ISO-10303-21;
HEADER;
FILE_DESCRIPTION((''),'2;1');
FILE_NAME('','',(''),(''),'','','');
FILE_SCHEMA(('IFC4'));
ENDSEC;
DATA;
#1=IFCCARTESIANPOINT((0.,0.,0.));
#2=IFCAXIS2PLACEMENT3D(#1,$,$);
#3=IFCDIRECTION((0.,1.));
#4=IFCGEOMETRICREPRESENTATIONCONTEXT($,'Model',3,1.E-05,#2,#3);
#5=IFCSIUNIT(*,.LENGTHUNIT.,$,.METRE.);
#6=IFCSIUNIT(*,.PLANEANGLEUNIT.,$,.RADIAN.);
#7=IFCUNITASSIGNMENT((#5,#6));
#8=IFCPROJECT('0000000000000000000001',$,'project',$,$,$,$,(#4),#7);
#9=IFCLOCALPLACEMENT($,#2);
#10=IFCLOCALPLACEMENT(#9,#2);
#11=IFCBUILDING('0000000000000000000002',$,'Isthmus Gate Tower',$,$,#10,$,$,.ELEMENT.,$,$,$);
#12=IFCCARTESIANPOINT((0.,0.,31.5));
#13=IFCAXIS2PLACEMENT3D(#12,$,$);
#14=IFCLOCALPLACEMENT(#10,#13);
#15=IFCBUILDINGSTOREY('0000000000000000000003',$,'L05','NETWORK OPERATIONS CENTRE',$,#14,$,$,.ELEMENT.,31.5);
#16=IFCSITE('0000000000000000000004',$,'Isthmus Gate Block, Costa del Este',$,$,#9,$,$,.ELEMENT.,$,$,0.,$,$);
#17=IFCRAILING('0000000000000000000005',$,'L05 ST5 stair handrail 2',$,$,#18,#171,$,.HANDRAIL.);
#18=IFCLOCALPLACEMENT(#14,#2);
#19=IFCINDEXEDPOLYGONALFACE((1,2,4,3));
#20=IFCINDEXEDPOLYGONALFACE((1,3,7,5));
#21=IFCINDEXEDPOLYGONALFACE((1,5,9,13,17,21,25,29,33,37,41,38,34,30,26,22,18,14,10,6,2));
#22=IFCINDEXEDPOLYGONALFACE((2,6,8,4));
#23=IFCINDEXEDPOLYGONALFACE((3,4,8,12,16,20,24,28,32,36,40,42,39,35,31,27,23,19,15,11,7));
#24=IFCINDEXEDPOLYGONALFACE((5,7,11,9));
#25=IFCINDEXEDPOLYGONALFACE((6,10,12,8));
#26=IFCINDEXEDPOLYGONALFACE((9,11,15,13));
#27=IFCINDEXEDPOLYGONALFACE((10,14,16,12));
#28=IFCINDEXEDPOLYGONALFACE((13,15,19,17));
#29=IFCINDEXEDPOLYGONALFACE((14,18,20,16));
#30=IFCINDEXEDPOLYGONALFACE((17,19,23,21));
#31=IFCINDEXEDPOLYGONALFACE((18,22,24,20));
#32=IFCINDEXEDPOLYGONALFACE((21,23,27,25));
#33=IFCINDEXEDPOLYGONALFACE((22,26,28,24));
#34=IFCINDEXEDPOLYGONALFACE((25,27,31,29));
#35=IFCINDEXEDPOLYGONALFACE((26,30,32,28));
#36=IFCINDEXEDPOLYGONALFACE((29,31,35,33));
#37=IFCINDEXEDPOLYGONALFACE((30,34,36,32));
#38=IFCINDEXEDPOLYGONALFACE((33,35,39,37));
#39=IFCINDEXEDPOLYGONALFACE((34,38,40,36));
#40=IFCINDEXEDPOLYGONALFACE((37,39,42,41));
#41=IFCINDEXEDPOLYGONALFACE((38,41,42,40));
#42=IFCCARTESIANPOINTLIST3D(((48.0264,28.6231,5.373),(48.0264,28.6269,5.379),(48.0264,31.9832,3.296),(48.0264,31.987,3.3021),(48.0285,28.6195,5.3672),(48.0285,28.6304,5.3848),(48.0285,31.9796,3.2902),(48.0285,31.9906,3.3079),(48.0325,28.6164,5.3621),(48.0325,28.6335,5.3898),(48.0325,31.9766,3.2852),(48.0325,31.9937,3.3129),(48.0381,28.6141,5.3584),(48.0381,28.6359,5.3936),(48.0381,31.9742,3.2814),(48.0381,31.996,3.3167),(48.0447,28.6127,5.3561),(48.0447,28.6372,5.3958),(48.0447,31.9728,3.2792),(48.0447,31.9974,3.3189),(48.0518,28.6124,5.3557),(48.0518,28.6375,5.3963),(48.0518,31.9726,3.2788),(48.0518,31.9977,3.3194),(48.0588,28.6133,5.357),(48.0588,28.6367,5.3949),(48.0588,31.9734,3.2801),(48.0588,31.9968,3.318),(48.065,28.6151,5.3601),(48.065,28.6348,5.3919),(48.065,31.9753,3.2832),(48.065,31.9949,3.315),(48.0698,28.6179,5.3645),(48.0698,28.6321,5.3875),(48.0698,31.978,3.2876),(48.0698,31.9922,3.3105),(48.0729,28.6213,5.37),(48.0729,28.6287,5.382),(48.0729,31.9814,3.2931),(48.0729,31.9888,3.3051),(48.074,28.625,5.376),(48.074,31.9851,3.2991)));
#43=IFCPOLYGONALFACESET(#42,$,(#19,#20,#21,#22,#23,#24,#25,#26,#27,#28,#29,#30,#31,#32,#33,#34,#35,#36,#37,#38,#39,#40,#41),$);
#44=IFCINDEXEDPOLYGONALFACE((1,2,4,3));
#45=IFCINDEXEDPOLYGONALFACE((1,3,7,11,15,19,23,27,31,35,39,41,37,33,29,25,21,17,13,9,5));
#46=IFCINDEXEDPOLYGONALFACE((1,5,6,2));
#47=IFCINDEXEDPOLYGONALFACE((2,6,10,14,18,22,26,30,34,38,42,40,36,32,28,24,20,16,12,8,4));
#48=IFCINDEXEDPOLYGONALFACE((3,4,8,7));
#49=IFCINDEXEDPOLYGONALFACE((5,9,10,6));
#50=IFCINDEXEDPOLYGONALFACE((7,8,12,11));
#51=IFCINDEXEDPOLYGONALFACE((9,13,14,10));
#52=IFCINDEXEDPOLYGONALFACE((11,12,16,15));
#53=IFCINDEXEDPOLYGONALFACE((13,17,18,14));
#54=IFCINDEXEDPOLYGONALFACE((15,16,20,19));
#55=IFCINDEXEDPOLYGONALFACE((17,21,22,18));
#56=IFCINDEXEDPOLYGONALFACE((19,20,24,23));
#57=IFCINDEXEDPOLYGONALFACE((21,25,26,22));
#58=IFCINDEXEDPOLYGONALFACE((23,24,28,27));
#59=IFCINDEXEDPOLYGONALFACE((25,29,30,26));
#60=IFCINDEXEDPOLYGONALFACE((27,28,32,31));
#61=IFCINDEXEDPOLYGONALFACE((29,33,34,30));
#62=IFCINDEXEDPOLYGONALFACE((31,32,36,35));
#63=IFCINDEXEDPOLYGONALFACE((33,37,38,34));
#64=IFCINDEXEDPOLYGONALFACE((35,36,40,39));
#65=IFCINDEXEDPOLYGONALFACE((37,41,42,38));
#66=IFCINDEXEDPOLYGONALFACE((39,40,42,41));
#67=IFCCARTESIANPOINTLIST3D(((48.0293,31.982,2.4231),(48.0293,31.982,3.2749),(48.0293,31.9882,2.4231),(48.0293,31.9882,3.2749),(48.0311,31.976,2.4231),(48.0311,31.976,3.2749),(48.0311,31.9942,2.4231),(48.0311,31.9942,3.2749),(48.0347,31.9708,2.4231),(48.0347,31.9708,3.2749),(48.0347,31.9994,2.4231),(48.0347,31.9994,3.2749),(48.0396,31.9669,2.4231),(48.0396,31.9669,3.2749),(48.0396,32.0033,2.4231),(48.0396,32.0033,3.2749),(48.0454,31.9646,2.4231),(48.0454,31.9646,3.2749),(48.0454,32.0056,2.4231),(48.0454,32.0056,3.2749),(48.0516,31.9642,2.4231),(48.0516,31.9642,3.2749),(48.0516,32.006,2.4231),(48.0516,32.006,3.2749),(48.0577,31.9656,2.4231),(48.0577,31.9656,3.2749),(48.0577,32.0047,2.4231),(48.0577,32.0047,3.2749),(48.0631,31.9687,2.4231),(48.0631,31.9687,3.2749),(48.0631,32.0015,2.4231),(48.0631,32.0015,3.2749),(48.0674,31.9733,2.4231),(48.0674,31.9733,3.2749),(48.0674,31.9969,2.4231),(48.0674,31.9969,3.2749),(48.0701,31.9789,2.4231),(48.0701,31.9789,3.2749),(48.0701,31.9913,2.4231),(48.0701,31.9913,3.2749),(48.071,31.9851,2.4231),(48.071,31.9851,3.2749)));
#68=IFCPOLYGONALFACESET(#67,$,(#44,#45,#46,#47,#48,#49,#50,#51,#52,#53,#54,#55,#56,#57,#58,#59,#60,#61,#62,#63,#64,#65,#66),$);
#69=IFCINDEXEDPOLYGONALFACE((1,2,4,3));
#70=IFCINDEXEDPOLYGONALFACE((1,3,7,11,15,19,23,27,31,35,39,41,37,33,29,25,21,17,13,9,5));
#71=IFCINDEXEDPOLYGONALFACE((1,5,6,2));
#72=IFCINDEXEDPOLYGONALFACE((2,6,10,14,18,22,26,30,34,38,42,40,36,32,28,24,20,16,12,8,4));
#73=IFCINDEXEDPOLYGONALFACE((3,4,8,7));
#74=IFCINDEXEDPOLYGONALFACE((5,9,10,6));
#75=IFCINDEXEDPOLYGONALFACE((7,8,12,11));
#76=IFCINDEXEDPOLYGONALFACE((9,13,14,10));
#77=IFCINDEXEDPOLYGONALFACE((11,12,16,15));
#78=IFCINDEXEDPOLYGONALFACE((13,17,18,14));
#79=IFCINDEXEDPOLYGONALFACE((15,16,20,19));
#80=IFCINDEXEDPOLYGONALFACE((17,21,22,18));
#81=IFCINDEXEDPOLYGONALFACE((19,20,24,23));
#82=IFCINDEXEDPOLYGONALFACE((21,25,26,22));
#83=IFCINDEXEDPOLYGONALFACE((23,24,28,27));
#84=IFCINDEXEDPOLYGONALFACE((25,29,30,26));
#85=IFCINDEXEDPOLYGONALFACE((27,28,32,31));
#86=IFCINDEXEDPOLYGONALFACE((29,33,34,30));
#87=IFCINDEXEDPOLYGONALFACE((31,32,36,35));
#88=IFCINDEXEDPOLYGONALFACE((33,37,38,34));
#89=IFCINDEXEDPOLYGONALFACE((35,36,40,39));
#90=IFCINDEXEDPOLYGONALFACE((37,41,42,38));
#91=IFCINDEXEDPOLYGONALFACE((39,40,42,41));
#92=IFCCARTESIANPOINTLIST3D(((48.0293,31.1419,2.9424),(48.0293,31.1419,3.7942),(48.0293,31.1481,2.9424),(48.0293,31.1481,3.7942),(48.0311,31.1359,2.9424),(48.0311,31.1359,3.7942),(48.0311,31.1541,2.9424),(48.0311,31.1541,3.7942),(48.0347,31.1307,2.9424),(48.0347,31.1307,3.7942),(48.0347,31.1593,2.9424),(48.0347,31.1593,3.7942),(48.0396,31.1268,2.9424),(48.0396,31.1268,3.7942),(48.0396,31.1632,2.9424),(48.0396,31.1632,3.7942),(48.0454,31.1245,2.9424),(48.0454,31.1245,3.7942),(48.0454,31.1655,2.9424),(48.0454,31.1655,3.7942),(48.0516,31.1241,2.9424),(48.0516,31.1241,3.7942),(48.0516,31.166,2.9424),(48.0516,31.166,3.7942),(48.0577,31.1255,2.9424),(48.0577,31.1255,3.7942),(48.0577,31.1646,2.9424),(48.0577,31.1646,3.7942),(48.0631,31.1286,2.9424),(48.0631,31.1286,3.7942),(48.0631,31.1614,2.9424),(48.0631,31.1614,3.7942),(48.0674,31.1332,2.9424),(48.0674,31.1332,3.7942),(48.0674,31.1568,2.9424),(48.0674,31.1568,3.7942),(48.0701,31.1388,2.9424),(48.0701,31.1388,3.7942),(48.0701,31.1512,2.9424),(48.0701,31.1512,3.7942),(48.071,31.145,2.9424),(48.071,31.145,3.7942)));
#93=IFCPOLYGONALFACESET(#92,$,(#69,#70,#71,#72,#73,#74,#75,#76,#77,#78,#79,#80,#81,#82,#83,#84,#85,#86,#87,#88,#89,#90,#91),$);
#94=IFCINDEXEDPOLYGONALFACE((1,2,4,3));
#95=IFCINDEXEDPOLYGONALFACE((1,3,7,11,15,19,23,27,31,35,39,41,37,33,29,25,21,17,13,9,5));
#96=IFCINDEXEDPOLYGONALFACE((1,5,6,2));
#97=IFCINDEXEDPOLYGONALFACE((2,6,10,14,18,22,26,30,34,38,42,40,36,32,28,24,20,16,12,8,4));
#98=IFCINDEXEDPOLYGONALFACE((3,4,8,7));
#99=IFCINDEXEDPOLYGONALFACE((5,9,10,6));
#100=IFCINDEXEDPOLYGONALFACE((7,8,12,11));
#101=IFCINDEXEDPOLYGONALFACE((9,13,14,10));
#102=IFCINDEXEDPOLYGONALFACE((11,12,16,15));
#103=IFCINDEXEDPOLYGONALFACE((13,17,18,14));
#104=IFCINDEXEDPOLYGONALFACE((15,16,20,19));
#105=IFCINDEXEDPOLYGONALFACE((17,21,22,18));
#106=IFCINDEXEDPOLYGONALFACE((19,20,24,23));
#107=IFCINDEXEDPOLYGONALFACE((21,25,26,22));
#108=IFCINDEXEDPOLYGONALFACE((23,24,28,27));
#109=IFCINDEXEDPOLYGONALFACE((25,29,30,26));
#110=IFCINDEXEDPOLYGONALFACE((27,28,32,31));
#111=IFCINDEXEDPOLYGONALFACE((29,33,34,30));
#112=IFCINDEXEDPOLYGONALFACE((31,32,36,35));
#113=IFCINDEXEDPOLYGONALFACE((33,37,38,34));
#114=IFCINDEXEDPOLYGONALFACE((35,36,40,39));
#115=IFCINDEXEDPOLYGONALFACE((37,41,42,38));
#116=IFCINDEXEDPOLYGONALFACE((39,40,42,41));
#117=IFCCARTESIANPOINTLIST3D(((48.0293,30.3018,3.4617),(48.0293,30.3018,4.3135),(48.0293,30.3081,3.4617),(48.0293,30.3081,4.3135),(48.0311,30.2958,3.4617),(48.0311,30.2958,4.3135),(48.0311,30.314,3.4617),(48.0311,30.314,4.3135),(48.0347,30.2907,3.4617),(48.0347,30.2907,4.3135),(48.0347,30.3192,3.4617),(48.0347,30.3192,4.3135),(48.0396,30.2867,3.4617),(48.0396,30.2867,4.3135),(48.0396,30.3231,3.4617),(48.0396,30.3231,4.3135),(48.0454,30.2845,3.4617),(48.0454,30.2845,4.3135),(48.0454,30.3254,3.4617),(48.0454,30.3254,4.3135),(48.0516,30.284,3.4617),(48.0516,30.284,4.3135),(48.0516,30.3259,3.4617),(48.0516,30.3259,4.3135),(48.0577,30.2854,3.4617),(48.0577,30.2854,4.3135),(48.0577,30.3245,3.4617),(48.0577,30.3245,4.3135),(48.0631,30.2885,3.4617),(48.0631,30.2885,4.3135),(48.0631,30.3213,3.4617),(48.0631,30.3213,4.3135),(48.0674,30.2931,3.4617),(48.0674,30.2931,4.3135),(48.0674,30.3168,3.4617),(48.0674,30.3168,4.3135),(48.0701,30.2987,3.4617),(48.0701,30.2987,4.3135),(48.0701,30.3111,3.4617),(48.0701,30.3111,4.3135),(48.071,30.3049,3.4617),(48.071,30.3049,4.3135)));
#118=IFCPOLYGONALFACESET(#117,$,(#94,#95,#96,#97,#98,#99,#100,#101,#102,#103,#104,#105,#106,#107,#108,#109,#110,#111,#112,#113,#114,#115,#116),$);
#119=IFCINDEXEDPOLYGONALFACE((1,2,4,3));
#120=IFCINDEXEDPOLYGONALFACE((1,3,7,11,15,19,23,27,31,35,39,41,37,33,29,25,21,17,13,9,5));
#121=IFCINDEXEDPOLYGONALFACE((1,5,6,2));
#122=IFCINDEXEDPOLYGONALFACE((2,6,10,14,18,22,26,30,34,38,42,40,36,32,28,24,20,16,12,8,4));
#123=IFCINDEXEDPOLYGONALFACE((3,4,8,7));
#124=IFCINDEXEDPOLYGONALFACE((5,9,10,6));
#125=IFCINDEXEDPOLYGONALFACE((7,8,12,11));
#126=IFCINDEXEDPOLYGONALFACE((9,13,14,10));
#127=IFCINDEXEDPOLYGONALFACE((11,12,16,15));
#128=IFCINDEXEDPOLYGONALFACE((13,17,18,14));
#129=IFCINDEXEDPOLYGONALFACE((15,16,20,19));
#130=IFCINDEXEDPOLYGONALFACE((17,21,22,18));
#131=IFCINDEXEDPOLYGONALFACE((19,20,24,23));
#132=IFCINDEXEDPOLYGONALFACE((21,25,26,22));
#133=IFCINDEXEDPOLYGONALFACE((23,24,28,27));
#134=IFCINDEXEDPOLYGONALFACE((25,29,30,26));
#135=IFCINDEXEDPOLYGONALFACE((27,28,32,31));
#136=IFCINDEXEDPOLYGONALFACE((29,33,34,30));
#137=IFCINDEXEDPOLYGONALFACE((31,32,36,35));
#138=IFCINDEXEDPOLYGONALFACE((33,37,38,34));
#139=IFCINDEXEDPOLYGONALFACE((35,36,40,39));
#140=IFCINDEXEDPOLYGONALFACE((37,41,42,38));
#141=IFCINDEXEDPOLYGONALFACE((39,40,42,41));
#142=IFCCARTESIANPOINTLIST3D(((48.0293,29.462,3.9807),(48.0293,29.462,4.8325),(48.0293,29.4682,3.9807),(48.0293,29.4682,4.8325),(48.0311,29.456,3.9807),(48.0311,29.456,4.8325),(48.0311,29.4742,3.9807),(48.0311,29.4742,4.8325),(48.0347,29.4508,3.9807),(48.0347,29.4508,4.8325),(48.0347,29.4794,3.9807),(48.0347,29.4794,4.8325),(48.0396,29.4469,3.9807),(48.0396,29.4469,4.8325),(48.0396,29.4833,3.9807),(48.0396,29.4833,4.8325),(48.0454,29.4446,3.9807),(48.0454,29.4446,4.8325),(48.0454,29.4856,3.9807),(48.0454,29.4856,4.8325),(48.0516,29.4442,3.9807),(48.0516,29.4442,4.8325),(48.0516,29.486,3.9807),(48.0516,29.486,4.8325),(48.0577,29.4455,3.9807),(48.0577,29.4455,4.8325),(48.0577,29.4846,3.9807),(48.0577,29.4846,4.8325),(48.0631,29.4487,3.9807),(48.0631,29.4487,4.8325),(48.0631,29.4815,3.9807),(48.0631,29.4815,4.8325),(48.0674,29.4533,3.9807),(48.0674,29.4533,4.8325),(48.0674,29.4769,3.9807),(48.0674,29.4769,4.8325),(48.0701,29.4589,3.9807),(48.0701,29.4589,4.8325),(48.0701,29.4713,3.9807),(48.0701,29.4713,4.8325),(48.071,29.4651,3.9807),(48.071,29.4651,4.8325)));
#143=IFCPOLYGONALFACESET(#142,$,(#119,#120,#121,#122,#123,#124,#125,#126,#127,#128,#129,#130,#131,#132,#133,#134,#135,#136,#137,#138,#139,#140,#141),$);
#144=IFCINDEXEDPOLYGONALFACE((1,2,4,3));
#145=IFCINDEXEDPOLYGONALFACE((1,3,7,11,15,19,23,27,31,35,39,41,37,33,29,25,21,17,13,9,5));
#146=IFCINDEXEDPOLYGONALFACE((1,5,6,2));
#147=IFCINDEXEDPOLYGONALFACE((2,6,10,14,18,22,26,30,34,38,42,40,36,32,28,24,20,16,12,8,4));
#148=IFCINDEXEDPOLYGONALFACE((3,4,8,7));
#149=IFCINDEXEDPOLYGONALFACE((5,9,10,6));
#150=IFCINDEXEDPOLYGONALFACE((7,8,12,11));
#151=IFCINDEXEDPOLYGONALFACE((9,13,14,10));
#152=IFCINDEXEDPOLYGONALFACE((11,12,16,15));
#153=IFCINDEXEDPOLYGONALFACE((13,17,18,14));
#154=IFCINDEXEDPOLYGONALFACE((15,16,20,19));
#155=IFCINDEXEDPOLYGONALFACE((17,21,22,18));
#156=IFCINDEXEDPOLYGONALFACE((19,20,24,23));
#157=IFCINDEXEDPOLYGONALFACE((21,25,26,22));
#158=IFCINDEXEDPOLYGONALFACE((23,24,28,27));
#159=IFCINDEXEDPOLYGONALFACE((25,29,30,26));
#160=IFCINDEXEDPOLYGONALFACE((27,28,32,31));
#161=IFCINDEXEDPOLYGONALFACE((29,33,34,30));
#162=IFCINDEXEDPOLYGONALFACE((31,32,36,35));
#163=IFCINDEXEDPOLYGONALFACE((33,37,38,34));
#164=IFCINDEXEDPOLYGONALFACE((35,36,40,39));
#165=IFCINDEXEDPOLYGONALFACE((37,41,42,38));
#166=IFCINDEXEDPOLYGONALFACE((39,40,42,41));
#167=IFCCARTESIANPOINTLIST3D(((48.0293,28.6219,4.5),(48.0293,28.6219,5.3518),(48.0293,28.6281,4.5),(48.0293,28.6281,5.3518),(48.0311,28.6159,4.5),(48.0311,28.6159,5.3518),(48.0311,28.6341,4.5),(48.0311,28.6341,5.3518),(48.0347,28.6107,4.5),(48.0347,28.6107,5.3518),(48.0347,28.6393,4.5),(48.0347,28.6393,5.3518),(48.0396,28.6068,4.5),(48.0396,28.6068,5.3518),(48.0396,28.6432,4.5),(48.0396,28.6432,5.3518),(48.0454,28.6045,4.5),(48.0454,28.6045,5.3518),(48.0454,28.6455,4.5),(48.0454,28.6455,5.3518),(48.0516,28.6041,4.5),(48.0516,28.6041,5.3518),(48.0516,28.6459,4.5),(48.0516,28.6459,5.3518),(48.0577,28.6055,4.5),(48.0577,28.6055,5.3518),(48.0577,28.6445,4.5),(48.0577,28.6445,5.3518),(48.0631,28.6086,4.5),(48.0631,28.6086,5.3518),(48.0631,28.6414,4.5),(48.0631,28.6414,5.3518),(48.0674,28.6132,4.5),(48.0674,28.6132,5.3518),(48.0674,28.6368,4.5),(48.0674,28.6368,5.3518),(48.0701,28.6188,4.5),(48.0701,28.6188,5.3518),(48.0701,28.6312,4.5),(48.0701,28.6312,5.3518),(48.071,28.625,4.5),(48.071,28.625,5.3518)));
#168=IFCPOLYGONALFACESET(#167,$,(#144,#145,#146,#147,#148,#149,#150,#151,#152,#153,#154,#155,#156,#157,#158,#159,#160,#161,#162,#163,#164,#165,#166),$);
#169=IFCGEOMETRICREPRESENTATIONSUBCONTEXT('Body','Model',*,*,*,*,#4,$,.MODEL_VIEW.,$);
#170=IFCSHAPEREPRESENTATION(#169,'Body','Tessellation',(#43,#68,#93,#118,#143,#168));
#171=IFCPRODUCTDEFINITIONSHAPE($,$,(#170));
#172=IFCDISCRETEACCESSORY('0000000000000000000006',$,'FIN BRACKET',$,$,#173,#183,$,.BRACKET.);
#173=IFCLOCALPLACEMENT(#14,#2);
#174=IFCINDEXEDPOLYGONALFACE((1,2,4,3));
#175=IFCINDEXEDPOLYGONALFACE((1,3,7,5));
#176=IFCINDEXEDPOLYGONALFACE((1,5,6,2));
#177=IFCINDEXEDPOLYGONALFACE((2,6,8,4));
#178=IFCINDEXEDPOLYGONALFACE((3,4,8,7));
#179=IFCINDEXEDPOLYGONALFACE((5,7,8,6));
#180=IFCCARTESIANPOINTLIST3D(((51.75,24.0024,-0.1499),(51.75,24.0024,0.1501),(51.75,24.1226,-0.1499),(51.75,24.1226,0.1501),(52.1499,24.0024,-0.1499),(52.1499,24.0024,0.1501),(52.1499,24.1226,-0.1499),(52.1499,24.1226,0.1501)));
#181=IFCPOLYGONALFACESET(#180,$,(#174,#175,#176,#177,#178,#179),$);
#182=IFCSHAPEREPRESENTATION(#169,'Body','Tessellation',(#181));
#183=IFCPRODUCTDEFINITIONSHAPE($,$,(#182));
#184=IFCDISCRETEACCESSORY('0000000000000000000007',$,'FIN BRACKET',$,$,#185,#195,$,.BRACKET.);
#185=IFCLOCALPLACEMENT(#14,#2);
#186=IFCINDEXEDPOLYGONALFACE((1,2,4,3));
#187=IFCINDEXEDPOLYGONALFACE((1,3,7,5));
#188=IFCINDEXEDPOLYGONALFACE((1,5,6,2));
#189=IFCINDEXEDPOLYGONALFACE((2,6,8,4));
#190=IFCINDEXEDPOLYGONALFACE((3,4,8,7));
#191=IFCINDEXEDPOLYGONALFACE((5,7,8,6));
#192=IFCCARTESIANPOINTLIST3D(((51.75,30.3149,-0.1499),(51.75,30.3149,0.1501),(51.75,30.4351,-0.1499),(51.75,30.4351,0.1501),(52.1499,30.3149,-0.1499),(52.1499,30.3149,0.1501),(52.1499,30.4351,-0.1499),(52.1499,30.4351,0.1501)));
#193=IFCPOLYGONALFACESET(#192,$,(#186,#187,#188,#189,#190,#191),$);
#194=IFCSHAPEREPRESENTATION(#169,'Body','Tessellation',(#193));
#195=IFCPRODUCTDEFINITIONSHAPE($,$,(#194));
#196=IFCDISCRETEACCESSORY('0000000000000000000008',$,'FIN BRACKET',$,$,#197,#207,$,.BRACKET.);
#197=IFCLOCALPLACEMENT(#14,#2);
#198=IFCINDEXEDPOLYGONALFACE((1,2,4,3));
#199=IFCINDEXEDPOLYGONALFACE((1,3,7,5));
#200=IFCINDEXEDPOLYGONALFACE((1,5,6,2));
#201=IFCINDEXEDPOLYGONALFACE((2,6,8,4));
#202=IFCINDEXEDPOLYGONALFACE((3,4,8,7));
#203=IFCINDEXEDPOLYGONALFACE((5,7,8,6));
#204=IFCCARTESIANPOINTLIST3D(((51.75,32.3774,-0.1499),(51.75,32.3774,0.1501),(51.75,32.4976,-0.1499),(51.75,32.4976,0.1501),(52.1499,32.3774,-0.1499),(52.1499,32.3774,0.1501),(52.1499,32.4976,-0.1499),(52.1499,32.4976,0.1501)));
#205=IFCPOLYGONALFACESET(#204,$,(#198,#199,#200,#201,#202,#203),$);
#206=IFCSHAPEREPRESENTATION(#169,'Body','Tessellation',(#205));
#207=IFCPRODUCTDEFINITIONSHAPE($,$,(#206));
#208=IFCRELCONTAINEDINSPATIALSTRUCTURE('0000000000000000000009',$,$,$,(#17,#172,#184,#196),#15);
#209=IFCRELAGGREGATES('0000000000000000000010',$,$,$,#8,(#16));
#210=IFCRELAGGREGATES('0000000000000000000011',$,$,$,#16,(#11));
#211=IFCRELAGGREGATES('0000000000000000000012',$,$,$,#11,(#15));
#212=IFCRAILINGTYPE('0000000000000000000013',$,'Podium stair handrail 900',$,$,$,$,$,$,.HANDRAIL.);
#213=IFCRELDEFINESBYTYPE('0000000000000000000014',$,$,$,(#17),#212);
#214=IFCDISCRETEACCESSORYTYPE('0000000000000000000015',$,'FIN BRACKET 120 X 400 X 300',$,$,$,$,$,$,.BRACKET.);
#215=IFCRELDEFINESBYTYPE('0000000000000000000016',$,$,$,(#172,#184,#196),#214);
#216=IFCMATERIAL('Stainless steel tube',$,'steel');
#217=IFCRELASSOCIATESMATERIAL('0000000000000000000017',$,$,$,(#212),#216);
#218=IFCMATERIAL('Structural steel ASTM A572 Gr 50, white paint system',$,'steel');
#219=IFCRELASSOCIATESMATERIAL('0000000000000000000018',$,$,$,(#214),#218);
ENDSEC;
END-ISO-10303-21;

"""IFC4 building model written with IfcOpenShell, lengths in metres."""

from ifc_helpers import new_model, si_unit, direction, frame, origin, origin_2d, place, context, subcontext, project, spatial, rectangle, circle, extrude, material, type_object, element, save


model = new_model("IFC4")

# Units and contexts
model_context = context("Model", 3, precision=1e-05, world=origin(), true_north=direction((0.0, 1.0)))
body_context = subcontext(model_context, "Body", "Model", "MODEL_VIEW")
ifc_project = project(units=[si_unit("LENGTHUNIT", "METRE"), si_unit("PLANEANGLEUNIT", "RADIAN")], contexts=[model_context])

# Site, building, storey
site_placement = place(None, origin())
site = spatial("IfcSite", under=ifc_project, at=site_placement, Name="Isthmus Gate Block, Costa del Este", CompositionType="ELEMENT", RefElevation=0.0)
building_placement = place(site_placement, origin())
building = spatial("IfcBuilding", under=site, at=building_placement, Name="Isthmus Gate Tower", CompositionType="ELEMENT")
storey_placement = place(building_placement, frame((0.0, 0.0, 31.5)))
storey = spatial("IfcBuildingStorey", under=building, at=storey_placement, Name="L05", Description="NETWORK OPERATIONS CENTRE", CompositionType="ELEMENT", Elevation=31.5)

# Railing
ifc_material_1 = material(Name="Stainless steel tube", Category="steel")
railing_type_1 = type_object("IfcRailingType", Name="Podium stair handrail 900", PredefinedType="HANDRAIL", material=ifc_material_1)
railing_1_placement = place(storey_placement, frame((48.05, 31.9851, 2.4231)))
element("IfcRailing", 1, at=railing_1_placement, inside=storey, type_object=railing_type_1, Name="L05 ST5 stair handrail 2", PredefinedType="HANDRAIL", context=body_context, shape_type="SweptSolid", body=[
    extrude(circle(Radius=0.0239, at=origin_2d()), frame((0.0, 0.0, 0.876), z_axis=(0.0, -0.850623, 0.525776), x_axis=(1.0, 0.0, 0.0)), (0.0, 0.0, 1.0), 3.9502),
    extrude(circle(Radius=0.021, at=origin_2d()), origin(), (0.0, 0.0, 1.0), 0.8518),
    extrude(circle(Radius=0.021, at=origin_2d()), frame((0.0, -0.8401, 0.5193)), (0.0, 0.0, 1.0), 0.8518),
    extrude(circle(Radius=0.021, at=origin_2d()), frame((0.0, -1.6802, 1.0386)), (0.0, 0.0, 1.0), 0.8518),
    extrude(circle(Radius=0.021, at=origin_2d()), frame((0.0, -2.52, 1.5576)), (0.0, 0.0, 1.0), 0.8518),
    extrude(circle(Radius=0.021, at=origin_2d()), frame((0.0, -3.3601, 2.0769)), (0.0, 0.0, 1.0), 0.8518),
])

# Discrete accessories
ifc_material_2 = material(Name="Structural steel ASTM A572 Gr 50, white paint system", Category="steel")
discrete_accessory_type = type_object("IfcDiscreteAccessoryType", Name="FIN BRACKET 120 X 400 X 300", PredefinedType="BRACKET", material=ifc_material_2)
for number, where, z_axis, x_axis, name in (
    (2, (51.95, 24.0625, -0.1499), (0.0, 0.0, 1.0), (1.0, 0.0, 0.0), "FIN BRACKET"),
    (3, (51.95, 30.375, -0.1499), (0.0, 0.0, 1.0), (1.0, 0.0, 0.0), "FIN BRACKET"),
    (4, (51.95, 32.4375, -0.1499), (0.0, 0.0, 1.0), (1.0, 0.0, 0.0), "FIN BRACKET"),
):
    element("IfcDiscreteAccessory", number, at=place(storey_placement, frame(where, z_axis=z_axis, x_axis=x_axis)), inside=storey, type_object=discrete_accessory_type, Name=name, PredefinedType="BRACKET", context=body_context, shape_type="SweptSolid", body=[
        extrude(rectangle(XDim=0.3999, YDim=0.1201, at=origin_2d()), origin(), (0.0, 0.0, 1.0), 0.3),
    ])

save(model, "model.ifc")
